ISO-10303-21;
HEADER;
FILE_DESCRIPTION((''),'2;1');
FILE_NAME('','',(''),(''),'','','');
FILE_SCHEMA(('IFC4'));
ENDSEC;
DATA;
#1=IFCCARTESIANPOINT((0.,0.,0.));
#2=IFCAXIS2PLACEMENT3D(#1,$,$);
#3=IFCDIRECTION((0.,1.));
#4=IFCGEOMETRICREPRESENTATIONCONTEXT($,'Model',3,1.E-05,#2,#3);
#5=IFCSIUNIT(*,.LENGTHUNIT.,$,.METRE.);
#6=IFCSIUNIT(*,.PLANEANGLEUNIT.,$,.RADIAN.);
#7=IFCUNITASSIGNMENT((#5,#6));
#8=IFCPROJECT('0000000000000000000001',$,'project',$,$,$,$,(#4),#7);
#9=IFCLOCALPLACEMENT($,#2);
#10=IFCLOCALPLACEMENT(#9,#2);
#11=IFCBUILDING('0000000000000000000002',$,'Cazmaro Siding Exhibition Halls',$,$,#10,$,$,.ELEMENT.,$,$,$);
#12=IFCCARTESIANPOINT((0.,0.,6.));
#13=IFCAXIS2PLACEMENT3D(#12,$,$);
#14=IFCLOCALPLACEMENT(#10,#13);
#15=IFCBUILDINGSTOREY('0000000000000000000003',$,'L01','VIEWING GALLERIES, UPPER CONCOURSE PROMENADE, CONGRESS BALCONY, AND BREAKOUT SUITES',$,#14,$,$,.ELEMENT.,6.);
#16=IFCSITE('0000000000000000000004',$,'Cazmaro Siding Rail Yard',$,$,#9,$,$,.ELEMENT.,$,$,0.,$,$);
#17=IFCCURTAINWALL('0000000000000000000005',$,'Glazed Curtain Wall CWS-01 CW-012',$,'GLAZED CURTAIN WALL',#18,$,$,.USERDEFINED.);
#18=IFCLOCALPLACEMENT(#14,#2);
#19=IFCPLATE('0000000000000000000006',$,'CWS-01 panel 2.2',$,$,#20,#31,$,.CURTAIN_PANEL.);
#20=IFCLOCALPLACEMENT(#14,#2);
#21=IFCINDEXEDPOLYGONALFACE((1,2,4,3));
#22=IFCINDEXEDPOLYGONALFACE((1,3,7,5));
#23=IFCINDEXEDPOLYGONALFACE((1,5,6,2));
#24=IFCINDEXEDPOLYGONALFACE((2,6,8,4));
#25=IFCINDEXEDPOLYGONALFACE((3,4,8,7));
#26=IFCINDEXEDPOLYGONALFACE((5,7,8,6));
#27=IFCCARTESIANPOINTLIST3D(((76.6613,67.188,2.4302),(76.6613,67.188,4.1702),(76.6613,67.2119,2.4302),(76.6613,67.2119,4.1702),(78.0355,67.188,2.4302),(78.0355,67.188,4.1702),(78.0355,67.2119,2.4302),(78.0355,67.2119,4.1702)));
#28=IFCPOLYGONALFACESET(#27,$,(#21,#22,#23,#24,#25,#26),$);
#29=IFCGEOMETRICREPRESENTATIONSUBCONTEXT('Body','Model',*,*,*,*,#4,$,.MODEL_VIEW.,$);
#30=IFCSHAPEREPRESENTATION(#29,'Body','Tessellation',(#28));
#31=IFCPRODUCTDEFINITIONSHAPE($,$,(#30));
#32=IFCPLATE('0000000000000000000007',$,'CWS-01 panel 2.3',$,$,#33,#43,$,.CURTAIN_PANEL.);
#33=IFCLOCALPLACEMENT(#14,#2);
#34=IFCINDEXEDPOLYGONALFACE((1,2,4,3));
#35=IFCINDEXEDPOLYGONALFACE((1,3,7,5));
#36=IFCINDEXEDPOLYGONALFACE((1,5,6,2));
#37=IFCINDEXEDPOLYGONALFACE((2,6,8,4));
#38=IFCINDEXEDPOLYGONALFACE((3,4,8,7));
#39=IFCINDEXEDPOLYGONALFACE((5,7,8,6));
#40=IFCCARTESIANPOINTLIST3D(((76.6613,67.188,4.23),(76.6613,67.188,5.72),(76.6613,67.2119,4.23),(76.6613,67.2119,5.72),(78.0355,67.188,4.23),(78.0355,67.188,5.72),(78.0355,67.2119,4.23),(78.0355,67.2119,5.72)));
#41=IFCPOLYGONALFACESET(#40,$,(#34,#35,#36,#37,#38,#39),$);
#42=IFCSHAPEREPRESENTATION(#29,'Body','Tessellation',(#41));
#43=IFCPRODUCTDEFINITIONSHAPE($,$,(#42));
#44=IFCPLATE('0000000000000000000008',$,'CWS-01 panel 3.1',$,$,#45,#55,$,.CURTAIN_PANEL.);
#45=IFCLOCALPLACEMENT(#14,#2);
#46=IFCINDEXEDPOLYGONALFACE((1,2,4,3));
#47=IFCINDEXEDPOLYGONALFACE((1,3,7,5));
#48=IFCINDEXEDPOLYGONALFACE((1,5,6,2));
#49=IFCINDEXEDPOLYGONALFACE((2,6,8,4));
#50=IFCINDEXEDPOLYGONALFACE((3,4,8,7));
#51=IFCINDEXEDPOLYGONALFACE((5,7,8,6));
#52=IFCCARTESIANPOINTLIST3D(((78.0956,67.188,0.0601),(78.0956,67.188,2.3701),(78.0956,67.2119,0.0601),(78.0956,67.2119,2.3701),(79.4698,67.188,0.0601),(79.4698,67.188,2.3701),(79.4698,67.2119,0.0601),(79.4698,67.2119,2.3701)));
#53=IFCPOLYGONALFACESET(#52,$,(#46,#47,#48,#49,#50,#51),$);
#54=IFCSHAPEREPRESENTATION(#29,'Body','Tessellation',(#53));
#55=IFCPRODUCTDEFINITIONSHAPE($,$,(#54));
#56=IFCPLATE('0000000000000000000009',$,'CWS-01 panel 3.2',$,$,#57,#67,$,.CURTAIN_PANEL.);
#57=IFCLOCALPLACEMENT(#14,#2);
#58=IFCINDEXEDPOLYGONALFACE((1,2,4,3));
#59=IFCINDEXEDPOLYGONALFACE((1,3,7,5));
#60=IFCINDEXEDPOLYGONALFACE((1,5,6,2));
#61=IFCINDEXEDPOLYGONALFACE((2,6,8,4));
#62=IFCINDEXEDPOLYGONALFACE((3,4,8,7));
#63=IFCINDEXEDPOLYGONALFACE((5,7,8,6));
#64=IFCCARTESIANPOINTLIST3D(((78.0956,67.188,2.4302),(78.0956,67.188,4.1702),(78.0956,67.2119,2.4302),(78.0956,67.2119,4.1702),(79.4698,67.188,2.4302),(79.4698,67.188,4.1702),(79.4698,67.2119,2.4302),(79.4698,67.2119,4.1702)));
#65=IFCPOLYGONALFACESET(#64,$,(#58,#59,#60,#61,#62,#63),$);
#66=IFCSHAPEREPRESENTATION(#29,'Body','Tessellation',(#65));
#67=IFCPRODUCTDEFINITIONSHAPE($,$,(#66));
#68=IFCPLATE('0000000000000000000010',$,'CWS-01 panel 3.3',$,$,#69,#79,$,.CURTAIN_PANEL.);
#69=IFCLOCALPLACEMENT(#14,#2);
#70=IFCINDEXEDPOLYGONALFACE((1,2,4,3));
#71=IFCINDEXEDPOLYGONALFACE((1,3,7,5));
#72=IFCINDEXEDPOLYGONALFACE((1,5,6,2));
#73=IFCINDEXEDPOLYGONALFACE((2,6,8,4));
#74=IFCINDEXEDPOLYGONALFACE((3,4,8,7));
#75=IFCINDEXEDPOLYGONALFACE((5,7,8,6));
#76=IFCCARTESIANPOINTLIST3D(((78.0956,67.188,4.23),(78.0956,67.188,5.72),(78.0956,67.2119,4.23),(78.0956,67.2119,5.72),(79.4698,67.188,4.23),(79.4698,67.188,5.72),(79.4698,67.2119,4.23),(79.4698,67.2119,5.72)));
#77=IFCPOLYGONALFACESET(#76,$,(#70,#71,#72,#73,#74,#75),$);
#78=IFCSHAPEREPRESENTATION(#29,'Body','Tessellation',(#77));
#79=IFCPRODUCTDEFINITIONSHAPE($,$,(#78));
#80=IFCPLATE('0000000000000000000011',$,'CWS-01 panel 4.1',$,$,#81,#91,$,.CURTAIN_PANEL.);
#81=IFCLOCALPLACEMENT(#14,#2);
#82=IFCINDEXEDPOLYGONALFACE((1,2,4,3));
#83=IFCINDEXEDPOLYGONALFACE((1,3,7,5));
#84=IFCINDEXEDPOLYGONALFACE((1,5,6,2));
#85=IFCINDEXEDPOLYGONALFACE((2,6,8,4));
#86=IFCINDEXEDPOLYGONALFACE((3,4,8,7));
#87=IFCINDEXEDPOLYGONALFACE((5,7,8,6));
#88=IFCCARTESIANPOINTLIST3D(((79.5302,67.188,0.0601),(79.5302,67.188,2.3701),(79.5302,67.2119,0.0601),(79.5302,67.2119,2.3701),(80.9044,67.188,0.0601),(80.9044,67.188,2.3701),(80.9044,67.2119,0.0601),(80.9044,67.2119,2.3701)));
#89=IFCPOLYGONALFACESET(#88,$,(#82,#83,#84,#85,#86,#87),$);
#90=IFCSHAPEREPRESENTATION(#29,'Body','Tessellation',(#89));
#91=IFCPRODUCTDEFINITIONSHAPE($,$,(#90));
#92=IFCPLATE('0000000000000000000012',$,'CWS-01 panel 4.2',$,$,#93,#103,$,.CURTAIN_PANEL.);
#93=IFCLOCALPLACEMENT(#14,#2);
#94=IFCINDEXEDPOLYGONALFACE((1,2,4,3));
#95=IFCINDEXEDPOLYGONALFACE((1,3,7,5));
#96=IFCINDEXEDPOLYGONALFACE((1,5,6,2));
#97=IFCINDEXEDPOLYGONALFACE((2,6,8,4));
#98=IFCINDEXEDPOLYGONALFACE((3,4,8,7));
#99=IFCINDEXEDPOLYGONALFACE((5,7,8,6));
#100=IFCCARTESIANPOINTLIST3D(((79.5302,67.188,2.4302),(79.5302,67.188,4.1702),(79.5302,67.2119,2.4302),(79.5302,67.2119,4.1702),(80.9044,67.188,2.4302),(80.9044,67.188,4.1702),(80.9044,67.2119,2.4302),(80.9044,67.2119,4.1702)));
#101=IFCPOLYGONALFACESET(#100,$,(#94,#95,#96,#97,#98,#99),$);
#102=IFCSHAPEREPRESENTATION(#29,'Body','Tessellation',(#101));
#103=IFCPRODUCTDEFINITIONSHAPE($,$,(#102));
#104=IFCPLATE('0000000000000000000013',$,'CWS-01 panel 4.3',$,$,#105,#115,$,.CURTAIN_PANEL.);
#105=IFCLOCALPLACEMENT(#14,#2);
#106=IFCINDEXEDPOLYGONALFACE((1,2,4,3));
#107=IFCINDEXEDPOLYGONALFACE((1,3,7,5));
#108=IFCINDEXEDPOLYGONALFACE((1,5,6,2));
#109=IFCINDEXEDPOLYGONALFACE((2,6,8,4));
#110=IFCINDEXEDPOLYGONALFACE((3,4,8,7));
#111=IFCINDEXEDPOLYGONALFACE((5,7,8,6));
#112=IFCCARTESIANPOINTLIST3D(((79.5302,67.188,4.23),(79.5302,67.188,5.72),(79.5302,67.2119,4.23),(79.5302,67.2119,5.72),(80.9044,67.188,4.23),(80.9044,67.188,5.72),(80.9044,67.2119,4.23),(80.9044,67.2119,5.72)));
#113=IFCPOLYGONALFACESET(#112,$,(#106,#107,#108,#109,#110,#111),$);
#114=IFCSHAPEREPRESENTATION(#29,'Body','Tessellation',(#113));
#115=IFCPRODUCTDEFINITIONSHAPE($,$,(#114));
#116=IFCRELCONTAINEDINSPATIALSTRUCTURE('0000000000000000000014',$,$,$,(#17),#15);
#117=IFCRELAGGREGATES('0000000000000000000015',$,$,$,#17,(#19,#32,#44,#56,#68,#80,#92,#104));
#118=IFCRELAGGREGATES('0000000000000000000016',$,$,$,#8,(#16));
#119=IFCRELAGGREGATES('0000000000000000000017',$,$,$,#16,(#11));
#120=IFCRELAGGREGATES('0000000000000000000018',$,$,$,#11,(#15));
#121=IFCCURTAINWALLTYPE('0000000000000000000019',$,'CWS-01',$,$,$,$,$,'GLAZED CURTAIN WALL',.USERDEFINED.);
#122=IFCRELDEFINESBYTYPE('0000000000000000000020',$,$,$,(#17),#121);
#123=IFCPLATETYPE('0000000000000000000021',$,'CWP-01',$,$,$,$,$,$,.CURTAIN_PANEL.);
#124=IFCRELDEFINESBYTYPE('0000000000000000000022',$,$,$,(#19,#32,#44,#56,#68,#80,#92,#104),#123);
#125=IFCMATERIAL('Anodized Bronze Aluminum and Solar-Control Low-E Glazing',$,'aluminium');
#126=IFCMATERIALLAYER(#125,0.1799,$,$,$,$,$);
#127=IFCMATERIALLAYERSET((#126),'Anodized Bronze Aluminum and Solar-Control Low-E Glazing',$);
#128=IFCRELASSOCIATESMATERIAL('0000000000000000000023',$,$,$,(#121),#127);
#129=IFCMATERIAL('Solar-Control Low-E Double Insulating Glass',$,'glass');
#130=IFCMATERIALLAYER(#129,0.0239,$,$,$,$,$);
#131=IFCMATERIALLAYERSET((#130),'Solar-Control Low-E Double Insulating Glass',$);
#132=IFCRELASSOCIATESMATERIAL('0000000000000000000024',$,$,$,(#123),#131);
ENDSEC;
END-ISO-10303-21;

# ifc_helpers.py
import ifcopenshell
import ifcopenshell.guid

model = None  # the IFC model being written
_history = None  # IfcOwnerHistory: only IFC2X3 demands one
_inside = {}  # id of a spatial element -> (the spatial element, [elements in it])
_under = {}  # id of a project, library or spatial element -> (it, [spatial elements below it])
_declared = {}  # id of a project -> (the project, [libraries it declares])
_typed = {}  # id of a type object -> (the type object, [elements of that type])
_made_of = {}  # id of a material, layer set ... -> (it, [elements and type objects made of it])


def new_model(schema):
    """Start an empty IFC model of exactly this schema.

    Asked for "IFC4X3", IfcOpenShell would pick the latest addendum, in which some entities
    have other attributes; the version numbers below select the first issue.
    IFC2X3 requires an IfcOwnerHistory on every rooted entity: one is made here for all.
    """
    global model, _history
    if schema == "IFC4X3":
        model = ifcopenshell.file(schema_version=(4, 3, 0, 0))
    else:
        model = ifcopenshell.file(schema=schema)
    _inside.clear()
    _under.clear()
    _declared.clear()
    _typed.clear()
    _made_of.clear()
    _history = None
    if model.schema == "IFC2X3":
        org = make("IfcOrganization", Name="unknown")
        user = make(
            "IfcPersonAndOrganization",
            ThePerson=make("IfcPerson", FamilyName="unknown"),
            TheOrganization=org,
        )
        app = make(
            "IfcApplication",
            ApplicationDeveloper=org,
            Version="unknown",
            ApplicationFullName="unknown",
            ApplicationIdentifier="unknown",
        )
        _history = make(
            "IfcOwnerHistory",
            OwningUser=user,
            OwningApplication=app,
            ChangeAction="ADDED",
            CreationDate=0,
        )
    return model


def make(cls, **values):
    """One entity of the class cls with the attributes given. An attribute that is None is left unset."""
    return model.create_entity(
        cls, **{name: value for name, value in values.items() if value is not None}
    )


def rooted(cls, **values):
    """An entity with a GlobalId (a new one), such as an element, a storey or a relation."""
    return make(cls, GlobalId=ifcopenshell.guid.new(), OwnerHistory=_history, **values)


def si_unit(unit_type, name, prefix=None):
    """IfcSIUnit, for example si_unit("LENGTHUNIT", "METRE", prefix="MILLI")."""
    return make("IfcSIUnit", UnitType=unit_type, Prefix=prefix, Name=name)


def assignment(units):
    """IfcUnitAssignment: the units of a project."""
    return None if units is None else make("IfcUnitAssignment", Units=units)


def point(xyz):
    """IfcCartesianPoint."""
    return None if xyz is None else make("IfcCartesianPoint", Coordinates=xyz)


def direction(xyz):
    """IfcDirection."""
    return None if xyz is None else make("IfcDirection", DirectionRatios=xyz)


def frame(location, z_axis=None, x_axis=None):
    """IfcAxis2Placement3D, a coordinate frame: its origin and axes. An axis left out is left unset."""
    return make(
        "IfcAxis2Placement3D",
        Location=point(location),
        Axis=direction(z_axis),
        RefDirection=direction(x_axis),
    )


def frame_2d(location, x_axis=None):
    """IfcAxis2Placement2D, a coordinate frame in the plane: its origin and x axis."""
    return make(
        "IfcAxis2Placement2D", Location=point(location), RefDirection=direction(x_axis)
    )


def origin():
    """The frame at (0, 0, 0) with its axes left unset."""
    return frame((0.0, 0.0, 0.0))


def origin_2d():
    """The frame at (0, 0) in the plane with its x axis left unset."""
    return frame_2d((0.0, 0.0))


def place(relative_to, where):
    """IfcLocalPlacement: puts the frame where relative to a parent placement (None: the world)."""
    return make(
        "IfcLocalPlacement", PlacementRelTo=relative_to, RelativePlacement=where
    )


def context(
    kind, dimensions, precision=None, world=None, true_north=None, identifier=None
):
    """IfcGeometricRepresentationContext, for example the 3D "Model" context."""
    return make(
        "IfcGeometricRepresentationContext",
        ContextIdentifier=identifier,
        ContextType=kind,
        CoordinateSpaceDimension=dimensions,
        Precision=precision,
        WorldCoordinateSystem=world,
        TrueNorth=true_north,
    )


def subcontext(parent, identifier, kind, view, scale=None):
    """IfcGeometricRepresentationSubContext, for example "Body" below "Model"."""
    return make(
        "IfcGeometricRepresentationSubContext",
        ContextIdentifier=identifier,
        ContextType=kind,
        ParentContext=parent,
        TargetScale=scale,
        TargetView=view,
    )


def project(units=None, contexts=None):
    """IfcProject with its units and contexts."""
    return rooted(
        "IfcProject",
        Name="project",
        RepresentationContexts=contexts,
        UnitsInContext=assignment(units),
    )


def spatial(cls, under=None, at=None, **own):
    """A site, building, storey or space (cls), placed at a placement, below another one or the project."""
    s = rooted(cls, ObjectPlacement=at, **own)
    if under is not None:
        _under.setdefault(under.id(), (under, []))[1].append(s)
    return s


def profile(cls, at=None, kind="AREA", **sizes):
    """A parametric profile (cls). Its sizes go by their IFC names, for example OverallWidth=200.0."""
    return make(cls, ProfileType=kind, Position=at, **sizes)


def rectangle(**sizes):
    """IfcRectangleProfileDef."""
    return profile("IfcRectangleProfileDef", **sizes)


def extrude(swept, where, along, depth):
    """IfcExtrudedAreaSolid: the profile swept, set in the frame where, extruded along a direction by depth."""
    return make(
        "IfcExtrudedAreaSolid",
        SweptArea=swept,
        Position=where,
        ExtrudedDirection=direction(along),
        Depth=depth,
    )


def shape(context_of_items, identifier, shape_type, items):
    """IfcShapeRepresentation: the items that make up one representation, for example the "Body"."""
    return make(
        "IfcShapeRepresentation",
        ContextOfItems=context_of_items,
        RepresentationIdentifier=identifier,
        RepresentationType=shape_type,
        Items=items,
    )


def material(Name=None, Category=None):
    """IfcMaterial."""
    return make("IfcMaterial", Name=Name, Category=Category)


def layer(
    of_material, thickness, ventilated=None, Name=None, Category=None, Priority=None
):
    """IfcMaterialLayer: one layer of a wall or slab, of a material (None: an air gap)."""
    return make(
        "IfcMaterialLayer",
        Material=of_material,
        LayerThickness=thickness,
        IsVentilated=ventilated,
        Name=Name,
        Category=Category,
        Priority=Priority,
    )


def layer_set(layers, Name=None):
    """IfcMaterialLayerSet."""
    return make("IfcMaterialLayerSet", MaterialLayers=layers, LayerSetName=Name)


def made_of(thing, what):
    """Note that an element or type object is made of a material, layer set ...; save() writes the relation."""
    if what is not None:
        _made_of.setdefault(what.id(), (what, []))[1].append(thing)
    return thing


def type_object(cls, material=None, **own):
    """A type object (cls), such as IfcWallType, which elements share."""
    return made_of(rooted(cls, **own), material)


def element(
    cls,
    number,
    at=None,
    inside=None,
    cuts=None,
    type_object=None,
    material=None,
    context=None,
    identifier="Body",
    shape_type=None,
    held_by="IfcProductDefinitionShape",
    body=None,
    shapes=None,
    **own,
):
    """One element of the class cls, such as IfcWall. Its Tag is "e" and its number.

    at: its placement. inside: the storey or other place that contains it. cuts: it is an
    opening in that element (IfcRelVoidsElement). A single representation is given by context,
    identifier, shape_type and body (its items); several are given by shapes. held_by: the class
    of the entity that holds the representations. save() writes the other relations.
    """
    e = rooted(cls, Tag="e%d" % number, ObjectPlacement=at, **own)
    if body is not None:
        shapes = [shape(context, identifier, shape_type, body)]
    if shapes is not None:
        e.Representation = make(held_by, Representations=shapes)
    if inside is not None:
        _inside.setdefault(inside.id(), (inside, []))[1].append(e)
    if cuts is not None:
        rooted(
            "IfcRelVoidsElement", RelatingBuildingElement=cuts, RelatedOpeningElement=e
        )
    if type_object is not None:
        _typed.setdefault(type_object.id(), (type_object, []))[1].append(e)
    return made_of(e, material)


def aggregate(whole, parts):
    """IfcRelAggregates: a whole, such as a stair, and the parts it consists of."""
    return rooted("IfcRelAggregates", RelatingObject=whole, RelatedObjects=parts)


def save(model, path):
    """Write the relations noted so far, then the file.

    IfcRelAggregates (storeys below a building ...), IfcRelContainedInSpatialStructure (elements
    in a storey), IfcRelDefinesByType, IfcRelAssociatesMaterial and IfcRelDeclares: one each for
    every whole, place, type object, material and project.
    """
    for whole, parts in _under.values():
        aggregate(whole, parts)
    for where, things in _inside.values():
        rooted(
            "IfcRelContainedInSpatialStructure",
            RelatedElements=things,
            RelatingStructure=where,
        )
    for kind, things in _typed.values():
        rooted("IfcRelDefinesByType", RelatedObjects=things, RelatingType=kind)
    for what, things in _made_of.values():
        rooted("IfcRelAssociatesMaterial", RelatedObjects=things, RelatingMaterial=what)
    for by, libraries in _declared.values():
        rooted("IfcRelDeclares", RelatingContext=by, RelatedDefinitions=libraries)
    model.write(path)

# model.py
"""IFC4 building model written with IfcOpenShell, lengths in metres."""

from ifc_helpers import new_model, si_unit, direction, frame, origin, origin_2d, place, context, subcontext, project, spatial, rectangle, extrude, material, layer, layer_set, type_object, element, aggregate, save


model = new_model("IFC4")

# Units and contexts
model_context = context("Model", 3, precision=1e-05, world=origin(), true_north=direction((0.0, 1.0)))
body_context = subcontext(model_context, "Body", "Model", "MODEL_VIEW")
ifc_project = project(units=[si_unit("LENGTHUNIT", "METRE"), si_unit("PLANEANGLEUNIT", "RADIAN")], contexts=[model_context])

# Site, building, storey
site_placement = place(None, origin())
site = spatial("IfcSite", under=ifc_project, at=site_placement, Name="Cazmaro Siding Rail Yard", CompositionType="ELEMENT", RefElevation=0.0)
building_placement = place(site_placement, origin())
building = spatial("IfcBuilding", under=site, at=building_placement, Name="Cazmaro Siding Exhibition Halls", CompositionType="ELEMENT")
storey_placement = place(building_placement, frame((0.0, 0.0, 6.0)))
storey = spatial("IfcBuildingStorey", under=building, at=storey_placement, Name="L01", Description="VIEWING GALLERIES, UPPER CONCOURSE PROMENADE, CONGRESS BALCONY, AND BREAKOUT SUITES", CompositionType="ELEMENT", Elevation=6.0)

# Curtain wall, plates
ifc_material_1 = material(Name="Anodized Bronze Aluminum and Solar-Control Low-E Glazing", Category="aluminium")
ifc_layer_1 = layer(ifc_material_1, 0.1799)
ifc_layer_set_1 = layer_set([ifc_layer_1], Name="Anodized Bronze Aluminum and Solar-Control Low-E Glazing")
curtain_wall_type = type_object("IfcCurtainWallType", Name="CWS-01", ElementType="GLAZED CURTAIN WALL", PredefinedType="USERDEFINED", material=ifc_layer_set_1)
curtain_wall_placement = place(storey_placement, origin())
curtain_wall = element("IfcCurtainWall", 1, at=curtain_wall_placement, inside=storey, type_object=curtain_wall_type, Name="Glazed Curtain Wall CWS-01 CW-012", ObjectType="GLAZED CURTAIN WALL", PredefinedType="USERDEFINED")
ifc_material_2 = material(Name="Solar-Control Low-E Double Insulating Glass", Category="glass")
ifc_layer_2 = layer(ifc_material_2, 0.0239)
ifc_layer_set_2 = layer_set([ifc_layer_2], Name="Solar-Control Low-E Double Insulating Glass")
plate_type = type_object("IfcPlateType", Name="CWP-01", PredefinedType="CURTAIN_PANEL", material=ifc_layer_set_2)
plate_1_placement = place(storey_placement, frame((77.3484, 67.2, 2.4302), z_axis=(0.0, 0.0, 1.0), x_axis=(1.0, 0.0, 0.0)))
plate_1 = element("IfcPlate", 2, at=plate_1_placement, type_object=plate_type, Name="CWS-01 panel 2.2", PredefinedType="CURTAIN_PANEL", context=body_context, shape_type="SweptSolid", body=[
    extrude(rectangle(XDim=1.3743, YDim=0.0239, at=origin_2d()), origin(), (0.0, 0.0, 1.0), 1.74),
])
plate_2_placement = place(storey_placement, frame((77.3484, 67.2, 4.23), z_axis=(0.0, 0.0, 1.0), x_axis=(1.0, 0.0, 0.0)))
plate_2 = element("IfcPlate", 3, at=plate_2_placement, type_object=plate_type, Name="CWS-01 panel 2.3", PredefinedType="CURTAIN_PANEL", context=body_context, shape_type="SweptSolid", body=[
    extrude(rectangle(XDim=1.3743, YDim=0.0239, at=origin_2d()), origin(), (0.0, 0.0, 1.0), 1.49),
])
plate_3_placement = place(storey_placement, frame((78.7827, 67.2, 0.0601), z_axis=(0.0, 0.0, 1.0), x_axis=(1.0, 0.0, 0.0)))
plate_3 = element("IfcPlate", 4, at=plate_3_placement, type_object=plate_type, Name="CWS-01 panel 3.1", PredefinedType="CURTAIN_PANEL", context=body_context, shape_type="SweptSolid", body=[
    extrude(rectangle(XDim=1.3743, YDim=0.0239, at=origin_2d()), origin(), (0.0, 0.0, 1.0), 2.3101),
])
plate_4_placement = place(storey_placement, frame((78.7827, 67.2, 2.4302), z_axis=(0.0, 0.0, 1.0), x_axis=(1.0, 0.0, 0.0)))
plate_4 = element("IfcPlate", 5, at=plate_4_placement, type_object=plate_type, Name="CWS-01 panel 3.2", PredefinedType="CURTAIN_PANEL", context=body_context, shape_type="SweptSolid", body=[
    extrude(rectangle(XDim=1.3743, YDim=0.0239, at=origin_2d()), origin(), (0.0, 0.0, 1.0), 1.74),
])
plate_5_placement = place(storey_placement, frame((78.7827, 67.2, 4.23), z_axis=(0.0, 0.0, 1.0), x_axis=(1.0, 0.0, 0.0)))
plate_5 = element("IfcPlate", 6, at=plate_5_placement, type_object=plate_type, Name="CWS-01 panel 3.3", PredefinedType="CURTAIN_PANEL", context=body_context, shape_type="SweptSolid", body=[
    extrude(rectangle(XDim=1.3743, YDim=0.0239, at=origin_2d()), origin(), (0.0, 0.0, 1.0), 1.49),
])
plate_6_placement = place(storey_placement, frame((80.2173, 67.2, 0.0601), z_axis=(0.0, 0.0, 1.0), x_axis=(1.0, 0.0, 0.0)))
plate_6 = element("IfcPlate", 7, at=plate_6_placement, type_object=plate_type, Name="CWS-01 panel 4.1", PredefinedType="CURTAIN_PANEL", context=body_context, shape_type="SweptSolid", body=[
    extrude(rectangle(XDim=1.3743, YDim=0.0239, at=origin_2d()), origin(), (0.0, 0.0, 1.0), 2.3101),
])
plate_7_placement = place(storey_placement, frame((80.2173, 67.2, 2.4302), z_axis=(0.0, 0.0, 1.0), x_axis=(1.0, 0.0, 0.0)))
plate_7 = element("IfcPlate", 8, at=plate_7_placement, type_object=plate_type, Name="CWS-01 panel 4.2", PredefinedType="CURTAIN_PANEL", context=body_context, shape_type="SweptSolid", body=[
    extrude(rectangle(XDim=1.3743, YDim=0.0239, at=origin_2d()), origin(), (0.0, 0.0, 1.0), 1.74),
])
plate_8_placement = place(storey_placement, frame((80.2173, 67.2, 4.23), z_axis=(0.0, 0.0, 1.0), x_axis=(1.0, 0.0, 0.0)))
plate_8 = element("IfcPlate", 9, at=plate_8_placement, type_object=plate_type, Name="CWS-01 panel 4.3", PredefinedType="CURTAIN_PANEL", context=body_context, shape_type="SweptSolid", body=[
    extrude(rectangle(XDim=1.3743, YDim=0.0239, at=origin_2d()), origin(), (0.0, 0.0, 1.0), 1.49),
])
aggregate(curtain_wall, [plate_1, plate_2, plate_3, plate_4, plate_5, plate_6, plate_7, plate_8])

save(model, "model.ifc")
